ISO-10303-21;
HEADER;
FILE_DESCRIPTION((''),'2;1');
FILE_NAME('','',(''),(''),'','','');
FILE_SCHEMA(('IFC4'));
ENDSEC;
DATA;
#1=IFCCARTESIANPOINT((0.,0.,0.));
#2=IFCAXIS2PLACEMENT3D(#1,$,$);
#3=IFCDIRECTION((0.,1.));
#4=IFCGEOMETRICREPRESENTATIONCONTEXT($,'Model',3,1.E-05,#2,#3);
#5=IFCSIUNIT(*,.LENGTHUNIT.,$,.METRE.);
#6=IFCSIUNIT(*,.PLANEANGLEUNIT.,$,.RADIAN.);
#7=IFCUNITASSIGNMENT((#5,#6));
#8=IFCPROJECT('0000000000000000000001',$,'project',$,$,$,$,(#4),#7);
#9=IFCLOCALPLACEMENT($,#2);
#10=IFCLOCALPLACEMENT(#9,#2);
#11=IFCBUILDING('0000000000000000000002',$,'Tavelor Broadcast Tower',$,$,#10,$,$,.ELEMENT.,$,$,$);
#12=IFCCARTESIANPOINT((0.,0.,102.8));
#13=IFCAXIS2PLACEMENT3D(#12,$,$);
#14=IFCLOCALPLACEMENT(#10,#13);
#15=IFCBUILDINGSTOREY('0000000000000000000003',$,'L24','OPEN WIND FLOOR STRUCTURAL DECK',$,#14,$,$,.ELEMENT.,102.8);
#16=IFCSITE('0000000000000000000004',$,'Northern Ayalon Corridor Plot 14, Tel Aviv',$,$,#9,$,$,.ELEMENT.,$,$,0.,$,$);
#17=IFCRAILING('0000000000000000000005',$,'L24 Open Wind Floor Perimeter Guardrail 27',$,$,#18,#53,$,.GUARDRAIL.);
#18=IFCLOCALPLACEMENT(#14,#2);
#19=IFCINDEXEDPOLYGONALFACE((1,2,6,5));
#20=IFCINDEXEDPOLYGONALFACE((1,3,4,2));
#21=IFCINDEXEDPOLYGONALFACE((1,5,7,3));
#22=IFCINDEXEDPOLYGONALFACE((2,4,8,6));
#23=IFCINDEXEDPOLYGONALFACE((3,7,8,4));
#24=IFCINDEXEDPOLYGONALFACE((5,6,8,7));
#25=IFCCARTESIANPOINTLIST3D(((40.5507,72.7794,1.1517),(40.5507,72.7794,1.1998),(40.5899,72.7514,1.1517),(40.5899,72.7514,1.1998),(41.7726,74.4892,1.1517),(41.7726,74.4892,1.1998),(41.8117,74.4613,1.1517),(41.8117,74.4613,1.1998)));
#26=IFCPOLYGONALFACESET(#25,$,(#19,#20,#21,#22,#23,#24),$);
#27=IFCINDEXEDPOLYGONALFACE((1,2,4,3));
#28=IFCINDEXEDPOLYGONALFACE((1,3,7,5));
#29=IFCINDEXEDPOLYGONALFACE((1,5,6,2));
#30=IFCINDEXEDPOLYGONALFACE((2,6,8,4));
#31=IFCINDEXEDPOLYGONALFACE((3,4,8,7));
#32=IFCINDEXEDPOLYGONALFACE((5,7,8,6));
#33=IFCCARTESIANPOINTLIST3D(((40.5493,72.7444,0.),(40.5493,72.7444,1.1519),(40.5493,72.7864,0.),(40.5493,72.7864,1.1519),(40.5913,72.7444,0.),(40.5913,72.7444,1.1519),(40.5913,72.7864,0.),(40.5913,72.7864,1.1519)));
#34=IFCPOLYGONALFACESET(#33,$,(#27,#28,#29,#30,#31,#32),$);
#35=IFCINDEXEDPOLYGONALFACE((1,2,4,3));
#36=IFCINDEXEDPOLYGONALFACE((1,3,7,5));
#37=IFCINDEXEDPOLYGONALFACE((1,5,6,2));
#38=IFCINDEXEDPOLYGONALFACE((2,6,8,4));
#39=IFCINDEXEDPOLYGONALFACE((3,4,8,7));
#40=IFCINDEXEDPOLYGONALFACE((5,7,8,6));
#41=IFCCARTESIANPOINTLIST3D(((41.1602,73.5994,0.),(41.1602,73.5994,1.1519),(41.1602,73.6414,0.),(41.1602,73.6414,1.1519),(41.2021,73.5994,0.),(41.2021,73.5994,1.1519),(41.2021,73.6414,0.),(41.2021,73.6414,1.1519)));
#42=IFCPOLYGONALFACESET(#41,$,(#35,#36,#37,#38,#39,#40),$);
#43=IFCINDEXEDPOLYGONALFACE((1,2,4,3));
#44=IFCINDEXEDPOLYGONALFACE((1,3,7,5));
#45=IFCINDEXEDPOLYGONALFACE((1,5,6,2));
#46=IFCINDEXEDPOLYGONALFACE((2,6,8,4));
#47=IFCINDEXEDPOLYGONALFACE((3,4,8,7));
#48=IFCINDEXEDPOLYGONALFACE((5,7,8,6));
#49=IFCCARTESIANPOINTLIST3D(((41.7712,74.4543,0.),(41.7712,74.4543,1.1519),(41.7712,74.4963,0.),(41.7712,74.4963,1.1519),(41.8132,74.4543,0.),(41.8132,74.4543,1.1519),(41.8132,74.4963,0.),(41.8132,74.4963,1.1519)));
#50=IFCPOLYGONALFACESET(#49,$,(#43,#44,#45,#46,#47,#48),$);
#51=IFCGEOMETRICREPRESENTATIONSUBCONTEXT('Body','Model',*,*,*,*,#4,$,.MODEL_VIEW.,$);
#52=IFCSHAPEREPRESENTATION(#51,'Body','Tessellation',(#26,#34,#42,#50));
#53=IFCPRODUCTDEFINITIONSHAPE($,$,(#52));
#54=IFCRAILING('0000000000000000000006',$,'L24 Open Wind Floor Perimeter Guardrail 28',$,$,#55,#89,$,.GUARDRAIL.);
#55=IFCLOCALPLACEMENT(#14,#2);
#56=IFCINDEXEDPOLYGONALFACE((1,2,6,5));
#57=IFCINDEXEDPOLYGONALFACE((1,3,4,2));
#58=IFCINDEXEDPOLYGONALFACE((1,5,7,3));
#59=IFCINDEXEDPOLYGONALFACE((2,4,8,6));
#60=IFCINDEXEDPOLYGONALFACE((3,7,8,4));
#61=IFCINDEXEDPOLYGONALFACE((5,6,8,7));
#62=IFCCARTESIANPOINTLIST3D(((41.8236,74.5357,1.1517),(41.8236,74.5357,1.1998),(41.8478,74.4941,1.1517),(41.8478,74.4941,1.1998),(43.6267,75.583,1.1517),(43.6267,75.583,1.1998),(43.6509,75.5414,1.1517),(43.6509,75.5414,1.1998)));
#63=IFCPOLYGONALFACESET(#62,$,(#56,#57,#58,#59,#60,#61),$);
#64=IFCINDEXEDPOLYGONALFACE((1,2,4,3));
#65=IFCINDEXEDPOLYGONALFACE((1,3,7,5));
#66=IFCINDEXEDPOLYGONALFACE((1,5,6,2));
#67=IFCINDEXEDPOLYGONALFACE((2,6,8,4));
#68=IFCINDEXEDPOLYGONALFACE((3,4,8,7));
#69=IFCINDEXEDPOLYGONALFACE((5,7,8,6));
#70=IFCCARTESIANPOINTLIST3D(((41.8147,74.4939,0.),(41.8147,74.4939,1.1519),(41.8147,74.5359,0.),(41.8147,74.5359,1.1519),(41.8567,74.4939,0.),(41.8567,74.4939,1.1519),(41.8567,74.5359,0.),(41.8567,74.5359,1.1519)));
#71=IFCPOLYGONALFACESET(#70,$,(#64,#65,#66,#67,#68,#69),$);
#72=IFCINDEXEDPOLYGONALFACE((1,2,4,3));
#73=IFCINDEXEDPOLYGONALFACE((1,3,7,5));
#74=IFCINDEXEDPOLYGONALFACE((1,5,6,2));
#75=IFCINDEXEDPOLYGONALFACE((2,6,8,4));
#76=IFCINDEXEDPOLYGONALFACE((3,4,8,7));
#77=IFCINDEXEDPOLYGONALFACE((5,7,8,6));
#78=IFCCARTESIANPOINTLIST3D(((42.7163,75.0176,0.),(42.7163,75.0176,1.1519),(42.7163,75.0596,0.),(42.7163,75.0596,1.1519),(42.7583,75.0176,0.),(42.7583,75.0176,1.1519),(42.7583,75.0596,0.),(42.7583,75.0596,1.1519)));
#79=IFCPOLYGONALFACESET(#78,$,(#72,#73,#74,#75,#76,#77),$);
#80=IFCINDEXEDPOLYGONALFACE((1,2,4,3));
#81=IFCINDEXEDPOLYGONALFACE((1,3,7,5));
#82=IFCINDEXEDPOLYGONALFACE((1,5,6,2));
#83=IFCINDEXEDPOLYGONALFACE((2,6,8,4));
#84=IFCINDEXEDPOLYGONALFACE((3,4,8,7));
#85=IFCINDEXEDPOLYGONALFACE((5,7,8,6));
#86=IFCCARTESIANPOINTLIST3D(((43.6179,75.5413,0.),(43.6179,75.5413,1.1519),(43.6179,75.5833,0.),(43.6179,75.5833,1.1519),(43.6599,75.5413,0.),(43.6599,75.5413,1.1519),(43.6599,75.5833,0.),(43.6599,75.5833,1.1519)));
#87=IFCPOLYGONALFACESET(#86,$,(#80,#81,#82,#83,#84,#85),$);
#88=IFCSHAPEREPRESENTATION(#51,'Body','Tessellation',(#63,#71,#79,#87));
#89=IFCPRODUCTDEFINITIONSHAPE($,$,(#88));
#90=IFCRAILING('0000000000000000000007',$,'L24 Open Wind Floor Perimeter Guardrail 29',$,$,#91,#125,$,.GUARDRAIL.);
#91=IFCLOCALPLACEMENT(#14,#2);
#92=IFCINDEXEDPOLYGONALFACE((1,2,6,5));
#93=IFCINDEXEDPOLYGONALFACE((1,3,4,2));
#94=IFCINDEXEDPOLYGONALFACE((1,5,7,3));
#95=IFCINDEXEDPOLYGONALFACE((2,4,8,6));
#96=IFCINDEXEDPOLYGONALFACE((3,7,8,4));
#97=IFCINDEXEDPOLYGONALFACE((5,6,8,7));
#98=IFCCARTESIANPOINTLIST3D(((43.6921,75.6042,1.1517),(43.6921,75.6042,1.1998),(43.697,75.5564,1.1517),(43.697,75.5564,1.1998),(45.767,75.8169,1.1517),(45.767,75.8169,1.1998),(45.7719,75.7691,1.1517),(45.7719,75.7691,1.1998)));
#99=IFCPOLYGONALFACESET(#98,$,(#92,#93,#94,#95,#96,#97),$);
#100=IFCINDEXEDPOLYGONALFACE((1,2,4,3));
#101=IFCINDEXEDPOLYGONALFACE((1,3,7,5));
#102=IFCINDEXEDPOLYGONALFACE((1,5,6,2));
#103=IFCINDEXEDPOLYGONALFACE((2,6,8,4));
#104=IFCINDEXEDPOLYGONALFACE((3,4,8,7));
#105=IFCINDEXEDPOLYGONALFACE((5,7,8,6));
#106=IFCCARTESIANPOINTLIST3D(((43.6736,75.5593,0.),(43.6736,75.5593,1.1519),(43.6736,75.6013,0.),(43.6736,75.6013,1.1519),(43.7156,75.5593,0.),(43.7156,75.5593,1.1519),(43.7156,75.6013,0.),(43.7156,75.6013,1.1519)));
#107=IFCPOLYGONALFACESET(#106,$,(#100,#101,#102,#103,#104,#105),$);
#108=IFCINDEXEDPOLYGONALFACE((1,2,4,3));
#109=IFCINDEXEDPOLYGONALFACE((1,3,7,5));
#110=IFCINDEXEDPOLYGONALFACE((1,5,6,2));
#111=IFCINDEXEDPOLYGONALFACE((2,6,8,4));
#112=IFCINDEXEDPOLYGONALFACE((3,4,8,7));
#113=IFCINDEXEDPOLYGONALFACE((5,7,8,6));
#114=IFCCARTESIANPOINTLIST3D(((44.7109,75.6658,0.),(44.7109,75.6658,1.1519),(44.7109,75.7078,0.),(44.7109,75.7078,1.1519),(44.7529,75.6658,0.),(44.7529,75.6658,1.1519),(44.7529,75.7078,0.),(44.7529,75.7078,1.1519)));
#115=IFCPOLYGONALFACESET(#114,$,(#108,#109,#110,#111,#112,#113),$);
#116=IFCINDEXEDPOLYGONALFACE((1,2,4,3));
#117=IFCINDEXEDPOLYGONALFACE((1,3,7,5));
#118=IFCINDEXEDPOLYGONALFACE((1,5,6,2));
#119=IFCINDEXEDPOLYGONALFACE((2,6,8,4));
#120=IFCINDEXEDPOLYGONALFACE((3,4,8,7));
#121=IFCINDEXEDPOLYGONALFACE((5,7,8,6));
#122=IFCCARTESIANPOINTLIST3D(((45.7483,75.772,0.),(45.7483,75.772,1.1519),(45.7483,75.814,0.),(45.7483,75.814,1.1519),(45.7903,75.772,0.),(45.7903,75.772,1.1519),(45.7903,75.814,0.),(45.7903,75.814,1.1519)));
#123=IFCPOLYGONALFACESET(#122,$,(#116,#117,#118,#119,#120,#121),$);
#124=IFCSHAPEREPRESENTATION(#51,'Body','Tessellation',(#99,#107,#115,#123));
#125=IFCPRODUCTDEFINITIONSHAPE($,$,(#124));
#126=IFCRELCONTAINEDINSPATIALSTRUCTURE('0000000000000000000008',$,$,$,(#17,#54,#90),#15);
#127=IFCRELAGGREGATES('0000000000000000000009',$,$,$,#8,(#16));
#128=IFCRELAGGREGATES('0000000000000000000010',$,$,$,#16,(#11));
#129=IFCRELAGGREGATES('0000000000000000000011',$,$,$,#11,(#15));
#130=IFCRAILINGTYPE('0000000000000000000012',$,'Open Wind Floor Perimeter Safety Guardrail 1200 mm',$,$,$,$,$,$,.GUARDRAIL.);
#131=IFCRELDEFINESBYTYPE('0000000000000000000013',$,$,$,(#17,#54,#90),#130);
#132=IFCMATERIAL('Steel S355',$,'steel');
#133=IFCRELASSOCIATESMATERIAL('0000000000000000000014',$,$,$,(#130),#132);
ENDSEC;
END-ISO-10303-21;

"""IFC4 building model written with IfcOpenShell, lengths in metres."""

from ifc_helpers import new_model, si_unit, direction, frame, origin, origin_2d, place, context, subcontext, project, spatial, rectangle, extrude, material, type_object, element, save


model = new_model("IFC4")

# Units and contexts
model_context = context("Model", 3, precision=1e-05, world=origin(), true_north=direction((0.0, 1.0)))
body_context = subcontext(model_context, "Body", "Model", "MODEL_VIEW")
ifc_project = project(units=[si_unit("LENGTHUNIT", "METRE"), si_unit("PLANEANGLEUNIT", "RADIAN")], contexts=[model_context])

# Site, building, storey
site_placement = place(None, origin())
site = spatial("IfcSite", under=ifc_project, at=site_placement, Name="Northern Ayalon Corridor Plot 14, Tel Aviv", CompositionType="ELEMENT", RefElevation=0.0)
building_placement = place(site_placement, origin())
building = spatial("IfcBuilding", under=site, at=building_placement, Name="Tavelor Broadcast Tower", CompositionType="ELEMENT")
storey_placement = place(building_placement, frame((0.0, 0.0, 102.8)))
storey = spatial("IfcBuildingStorey", under=building, at=storey_placement, Name="L24", Description="OPEN WIND FLOOR STRUCTURAL DECK", CompositionType="ELEMENT", Elevation=102.8)

# Railings
ifc_material_1 = material(Name="Steel S355", Category="steel")
railing_type = type_object("IfcRailingType", Name="Open Wind Floor Perimeter Safety Guardrail 1200 mm", PredefinedType="GUARDRAIL", material=ifc_material_1)
railing_1_placement = place(storey_placement, frame((40.5703, 72.7654, 0.0)))
element("IfcRailing", 1, at=railing_1_placement, inside=storey, type_object=railing_type, Name="L24 Open Wind Floor Perimeter Guardrail 27", PredefinedType="GUARDRAIL", context=body_context, shape_type="SweptSolid", body=[
    extrude(rectangle(XDim=0.0481, YDim=0.0481, at=origin_2d()), frame((0.0, 0.0, 1.1758), z_axis=(0.581403, 0.813616, 0.0), x_axis=(-0.813616, 0.581403, 0.0)), (0.0, 0.0, 1.0), 2.1016),
    extrude(rectangle(XDim=0.042, YDim=0.042, at=origin_2d()), origin(), (0.0, 0.0, 1.0), 1.1519),
    extrude(rectangle(XDim=0.042, YDim=0.042, at=origin_2d()), frame((0.6108, 0.855, 0.0)), (0.0, 0.0, 1.0), 1.1519),
    extrude(rectangle(XDim=0.042, YDim=0.042, at=origin_2d()), frame((1.2219, 1.71, 0.0)), (0.0, 0.0, 1.0), 1.1519),
])
railing_2_placement = place(storey_placement, frame((41.8357, 74.5149, 0.0)))
element("IfcRailing", 2, at=railing_2_placement, inside=storey, type_object=railing_type, Name="L24 Open Wind Floor Perimeter Guardrail 28", PredefinedType="GUARDRAIL", context=body_context, shape_type="SweptSolid", body=[
    extrude(rectangle(XDim=0.0481, YDim=0.0481, at=origin_2d()), frame((0.0, 0.0, 1.1758), z_axis=(0.86472, 0.502254, 0.0), x_axis=(-0.502254, 0.86472, 0.0)), (0.0, 0.0, 1.0), 2.0852),
    extrude(rectangle(XDim=0.042, YDim=0.042, at=origin_2d()), origin(), (0.0, 0.0, 1.0), 1.1519),
    extrude(rectangle(XDim=0.042, YDim=0.042, at=origin_2d()), frame((0.9016, 0.5237, 0.0)), (0.0, 0.0, 1.0), 1.1519),
    extrude(rectangle(XDim=0.042, YDim=0.042, at=origin_2d()), frame((1.8032, 1.0474, 0.0)), (0.0, 0.0, 1.0), 1.1519),
])
railing_3_placement = place(storey_placement, frame((43.6946, 75.5803, 0.0)))
element("IfcRailing", 3, at=railing_3_placement, inside=storey, type_object=railing_type, Name="L24 Open Wind Floor Perimeter Guardrail 29", PredefinedType="GUARDRAIL", context=body_context, shape_type="SweptSolid", body=[
    extrude(rectangle(XDim=0.0481, YDim=0.0481, at=origin_2d()), frame((0.0, 0.0, 1.1758), z_axis=(0.994788, 0.101961, 0.0), x_axis=(-0.101961, 0.994788, 0.0)), (0.0, 0.0, 1.0), 2.0857),
    extrude(rectangle(XDim=0.042, YDim=0.042, at=origin_2d()), origin(), (0.0, 0.0, 1.0), 1.1519),
    extrude(rectangle(XDim=0.042, YDim=0.042, at=origin_2d()), frame((1.0374, 0.1064, 0.0)), (0.0, 0.0, 1.0), 1.1519),
    extrude(rectangle(XDim=0.042, YDim=0.042, at=origin_2d()), frame((2.0747, 0.2126, 0.0)), (0.0, 0.0, 1.0), 1.1519),
])

save(model, "model.ifc")
